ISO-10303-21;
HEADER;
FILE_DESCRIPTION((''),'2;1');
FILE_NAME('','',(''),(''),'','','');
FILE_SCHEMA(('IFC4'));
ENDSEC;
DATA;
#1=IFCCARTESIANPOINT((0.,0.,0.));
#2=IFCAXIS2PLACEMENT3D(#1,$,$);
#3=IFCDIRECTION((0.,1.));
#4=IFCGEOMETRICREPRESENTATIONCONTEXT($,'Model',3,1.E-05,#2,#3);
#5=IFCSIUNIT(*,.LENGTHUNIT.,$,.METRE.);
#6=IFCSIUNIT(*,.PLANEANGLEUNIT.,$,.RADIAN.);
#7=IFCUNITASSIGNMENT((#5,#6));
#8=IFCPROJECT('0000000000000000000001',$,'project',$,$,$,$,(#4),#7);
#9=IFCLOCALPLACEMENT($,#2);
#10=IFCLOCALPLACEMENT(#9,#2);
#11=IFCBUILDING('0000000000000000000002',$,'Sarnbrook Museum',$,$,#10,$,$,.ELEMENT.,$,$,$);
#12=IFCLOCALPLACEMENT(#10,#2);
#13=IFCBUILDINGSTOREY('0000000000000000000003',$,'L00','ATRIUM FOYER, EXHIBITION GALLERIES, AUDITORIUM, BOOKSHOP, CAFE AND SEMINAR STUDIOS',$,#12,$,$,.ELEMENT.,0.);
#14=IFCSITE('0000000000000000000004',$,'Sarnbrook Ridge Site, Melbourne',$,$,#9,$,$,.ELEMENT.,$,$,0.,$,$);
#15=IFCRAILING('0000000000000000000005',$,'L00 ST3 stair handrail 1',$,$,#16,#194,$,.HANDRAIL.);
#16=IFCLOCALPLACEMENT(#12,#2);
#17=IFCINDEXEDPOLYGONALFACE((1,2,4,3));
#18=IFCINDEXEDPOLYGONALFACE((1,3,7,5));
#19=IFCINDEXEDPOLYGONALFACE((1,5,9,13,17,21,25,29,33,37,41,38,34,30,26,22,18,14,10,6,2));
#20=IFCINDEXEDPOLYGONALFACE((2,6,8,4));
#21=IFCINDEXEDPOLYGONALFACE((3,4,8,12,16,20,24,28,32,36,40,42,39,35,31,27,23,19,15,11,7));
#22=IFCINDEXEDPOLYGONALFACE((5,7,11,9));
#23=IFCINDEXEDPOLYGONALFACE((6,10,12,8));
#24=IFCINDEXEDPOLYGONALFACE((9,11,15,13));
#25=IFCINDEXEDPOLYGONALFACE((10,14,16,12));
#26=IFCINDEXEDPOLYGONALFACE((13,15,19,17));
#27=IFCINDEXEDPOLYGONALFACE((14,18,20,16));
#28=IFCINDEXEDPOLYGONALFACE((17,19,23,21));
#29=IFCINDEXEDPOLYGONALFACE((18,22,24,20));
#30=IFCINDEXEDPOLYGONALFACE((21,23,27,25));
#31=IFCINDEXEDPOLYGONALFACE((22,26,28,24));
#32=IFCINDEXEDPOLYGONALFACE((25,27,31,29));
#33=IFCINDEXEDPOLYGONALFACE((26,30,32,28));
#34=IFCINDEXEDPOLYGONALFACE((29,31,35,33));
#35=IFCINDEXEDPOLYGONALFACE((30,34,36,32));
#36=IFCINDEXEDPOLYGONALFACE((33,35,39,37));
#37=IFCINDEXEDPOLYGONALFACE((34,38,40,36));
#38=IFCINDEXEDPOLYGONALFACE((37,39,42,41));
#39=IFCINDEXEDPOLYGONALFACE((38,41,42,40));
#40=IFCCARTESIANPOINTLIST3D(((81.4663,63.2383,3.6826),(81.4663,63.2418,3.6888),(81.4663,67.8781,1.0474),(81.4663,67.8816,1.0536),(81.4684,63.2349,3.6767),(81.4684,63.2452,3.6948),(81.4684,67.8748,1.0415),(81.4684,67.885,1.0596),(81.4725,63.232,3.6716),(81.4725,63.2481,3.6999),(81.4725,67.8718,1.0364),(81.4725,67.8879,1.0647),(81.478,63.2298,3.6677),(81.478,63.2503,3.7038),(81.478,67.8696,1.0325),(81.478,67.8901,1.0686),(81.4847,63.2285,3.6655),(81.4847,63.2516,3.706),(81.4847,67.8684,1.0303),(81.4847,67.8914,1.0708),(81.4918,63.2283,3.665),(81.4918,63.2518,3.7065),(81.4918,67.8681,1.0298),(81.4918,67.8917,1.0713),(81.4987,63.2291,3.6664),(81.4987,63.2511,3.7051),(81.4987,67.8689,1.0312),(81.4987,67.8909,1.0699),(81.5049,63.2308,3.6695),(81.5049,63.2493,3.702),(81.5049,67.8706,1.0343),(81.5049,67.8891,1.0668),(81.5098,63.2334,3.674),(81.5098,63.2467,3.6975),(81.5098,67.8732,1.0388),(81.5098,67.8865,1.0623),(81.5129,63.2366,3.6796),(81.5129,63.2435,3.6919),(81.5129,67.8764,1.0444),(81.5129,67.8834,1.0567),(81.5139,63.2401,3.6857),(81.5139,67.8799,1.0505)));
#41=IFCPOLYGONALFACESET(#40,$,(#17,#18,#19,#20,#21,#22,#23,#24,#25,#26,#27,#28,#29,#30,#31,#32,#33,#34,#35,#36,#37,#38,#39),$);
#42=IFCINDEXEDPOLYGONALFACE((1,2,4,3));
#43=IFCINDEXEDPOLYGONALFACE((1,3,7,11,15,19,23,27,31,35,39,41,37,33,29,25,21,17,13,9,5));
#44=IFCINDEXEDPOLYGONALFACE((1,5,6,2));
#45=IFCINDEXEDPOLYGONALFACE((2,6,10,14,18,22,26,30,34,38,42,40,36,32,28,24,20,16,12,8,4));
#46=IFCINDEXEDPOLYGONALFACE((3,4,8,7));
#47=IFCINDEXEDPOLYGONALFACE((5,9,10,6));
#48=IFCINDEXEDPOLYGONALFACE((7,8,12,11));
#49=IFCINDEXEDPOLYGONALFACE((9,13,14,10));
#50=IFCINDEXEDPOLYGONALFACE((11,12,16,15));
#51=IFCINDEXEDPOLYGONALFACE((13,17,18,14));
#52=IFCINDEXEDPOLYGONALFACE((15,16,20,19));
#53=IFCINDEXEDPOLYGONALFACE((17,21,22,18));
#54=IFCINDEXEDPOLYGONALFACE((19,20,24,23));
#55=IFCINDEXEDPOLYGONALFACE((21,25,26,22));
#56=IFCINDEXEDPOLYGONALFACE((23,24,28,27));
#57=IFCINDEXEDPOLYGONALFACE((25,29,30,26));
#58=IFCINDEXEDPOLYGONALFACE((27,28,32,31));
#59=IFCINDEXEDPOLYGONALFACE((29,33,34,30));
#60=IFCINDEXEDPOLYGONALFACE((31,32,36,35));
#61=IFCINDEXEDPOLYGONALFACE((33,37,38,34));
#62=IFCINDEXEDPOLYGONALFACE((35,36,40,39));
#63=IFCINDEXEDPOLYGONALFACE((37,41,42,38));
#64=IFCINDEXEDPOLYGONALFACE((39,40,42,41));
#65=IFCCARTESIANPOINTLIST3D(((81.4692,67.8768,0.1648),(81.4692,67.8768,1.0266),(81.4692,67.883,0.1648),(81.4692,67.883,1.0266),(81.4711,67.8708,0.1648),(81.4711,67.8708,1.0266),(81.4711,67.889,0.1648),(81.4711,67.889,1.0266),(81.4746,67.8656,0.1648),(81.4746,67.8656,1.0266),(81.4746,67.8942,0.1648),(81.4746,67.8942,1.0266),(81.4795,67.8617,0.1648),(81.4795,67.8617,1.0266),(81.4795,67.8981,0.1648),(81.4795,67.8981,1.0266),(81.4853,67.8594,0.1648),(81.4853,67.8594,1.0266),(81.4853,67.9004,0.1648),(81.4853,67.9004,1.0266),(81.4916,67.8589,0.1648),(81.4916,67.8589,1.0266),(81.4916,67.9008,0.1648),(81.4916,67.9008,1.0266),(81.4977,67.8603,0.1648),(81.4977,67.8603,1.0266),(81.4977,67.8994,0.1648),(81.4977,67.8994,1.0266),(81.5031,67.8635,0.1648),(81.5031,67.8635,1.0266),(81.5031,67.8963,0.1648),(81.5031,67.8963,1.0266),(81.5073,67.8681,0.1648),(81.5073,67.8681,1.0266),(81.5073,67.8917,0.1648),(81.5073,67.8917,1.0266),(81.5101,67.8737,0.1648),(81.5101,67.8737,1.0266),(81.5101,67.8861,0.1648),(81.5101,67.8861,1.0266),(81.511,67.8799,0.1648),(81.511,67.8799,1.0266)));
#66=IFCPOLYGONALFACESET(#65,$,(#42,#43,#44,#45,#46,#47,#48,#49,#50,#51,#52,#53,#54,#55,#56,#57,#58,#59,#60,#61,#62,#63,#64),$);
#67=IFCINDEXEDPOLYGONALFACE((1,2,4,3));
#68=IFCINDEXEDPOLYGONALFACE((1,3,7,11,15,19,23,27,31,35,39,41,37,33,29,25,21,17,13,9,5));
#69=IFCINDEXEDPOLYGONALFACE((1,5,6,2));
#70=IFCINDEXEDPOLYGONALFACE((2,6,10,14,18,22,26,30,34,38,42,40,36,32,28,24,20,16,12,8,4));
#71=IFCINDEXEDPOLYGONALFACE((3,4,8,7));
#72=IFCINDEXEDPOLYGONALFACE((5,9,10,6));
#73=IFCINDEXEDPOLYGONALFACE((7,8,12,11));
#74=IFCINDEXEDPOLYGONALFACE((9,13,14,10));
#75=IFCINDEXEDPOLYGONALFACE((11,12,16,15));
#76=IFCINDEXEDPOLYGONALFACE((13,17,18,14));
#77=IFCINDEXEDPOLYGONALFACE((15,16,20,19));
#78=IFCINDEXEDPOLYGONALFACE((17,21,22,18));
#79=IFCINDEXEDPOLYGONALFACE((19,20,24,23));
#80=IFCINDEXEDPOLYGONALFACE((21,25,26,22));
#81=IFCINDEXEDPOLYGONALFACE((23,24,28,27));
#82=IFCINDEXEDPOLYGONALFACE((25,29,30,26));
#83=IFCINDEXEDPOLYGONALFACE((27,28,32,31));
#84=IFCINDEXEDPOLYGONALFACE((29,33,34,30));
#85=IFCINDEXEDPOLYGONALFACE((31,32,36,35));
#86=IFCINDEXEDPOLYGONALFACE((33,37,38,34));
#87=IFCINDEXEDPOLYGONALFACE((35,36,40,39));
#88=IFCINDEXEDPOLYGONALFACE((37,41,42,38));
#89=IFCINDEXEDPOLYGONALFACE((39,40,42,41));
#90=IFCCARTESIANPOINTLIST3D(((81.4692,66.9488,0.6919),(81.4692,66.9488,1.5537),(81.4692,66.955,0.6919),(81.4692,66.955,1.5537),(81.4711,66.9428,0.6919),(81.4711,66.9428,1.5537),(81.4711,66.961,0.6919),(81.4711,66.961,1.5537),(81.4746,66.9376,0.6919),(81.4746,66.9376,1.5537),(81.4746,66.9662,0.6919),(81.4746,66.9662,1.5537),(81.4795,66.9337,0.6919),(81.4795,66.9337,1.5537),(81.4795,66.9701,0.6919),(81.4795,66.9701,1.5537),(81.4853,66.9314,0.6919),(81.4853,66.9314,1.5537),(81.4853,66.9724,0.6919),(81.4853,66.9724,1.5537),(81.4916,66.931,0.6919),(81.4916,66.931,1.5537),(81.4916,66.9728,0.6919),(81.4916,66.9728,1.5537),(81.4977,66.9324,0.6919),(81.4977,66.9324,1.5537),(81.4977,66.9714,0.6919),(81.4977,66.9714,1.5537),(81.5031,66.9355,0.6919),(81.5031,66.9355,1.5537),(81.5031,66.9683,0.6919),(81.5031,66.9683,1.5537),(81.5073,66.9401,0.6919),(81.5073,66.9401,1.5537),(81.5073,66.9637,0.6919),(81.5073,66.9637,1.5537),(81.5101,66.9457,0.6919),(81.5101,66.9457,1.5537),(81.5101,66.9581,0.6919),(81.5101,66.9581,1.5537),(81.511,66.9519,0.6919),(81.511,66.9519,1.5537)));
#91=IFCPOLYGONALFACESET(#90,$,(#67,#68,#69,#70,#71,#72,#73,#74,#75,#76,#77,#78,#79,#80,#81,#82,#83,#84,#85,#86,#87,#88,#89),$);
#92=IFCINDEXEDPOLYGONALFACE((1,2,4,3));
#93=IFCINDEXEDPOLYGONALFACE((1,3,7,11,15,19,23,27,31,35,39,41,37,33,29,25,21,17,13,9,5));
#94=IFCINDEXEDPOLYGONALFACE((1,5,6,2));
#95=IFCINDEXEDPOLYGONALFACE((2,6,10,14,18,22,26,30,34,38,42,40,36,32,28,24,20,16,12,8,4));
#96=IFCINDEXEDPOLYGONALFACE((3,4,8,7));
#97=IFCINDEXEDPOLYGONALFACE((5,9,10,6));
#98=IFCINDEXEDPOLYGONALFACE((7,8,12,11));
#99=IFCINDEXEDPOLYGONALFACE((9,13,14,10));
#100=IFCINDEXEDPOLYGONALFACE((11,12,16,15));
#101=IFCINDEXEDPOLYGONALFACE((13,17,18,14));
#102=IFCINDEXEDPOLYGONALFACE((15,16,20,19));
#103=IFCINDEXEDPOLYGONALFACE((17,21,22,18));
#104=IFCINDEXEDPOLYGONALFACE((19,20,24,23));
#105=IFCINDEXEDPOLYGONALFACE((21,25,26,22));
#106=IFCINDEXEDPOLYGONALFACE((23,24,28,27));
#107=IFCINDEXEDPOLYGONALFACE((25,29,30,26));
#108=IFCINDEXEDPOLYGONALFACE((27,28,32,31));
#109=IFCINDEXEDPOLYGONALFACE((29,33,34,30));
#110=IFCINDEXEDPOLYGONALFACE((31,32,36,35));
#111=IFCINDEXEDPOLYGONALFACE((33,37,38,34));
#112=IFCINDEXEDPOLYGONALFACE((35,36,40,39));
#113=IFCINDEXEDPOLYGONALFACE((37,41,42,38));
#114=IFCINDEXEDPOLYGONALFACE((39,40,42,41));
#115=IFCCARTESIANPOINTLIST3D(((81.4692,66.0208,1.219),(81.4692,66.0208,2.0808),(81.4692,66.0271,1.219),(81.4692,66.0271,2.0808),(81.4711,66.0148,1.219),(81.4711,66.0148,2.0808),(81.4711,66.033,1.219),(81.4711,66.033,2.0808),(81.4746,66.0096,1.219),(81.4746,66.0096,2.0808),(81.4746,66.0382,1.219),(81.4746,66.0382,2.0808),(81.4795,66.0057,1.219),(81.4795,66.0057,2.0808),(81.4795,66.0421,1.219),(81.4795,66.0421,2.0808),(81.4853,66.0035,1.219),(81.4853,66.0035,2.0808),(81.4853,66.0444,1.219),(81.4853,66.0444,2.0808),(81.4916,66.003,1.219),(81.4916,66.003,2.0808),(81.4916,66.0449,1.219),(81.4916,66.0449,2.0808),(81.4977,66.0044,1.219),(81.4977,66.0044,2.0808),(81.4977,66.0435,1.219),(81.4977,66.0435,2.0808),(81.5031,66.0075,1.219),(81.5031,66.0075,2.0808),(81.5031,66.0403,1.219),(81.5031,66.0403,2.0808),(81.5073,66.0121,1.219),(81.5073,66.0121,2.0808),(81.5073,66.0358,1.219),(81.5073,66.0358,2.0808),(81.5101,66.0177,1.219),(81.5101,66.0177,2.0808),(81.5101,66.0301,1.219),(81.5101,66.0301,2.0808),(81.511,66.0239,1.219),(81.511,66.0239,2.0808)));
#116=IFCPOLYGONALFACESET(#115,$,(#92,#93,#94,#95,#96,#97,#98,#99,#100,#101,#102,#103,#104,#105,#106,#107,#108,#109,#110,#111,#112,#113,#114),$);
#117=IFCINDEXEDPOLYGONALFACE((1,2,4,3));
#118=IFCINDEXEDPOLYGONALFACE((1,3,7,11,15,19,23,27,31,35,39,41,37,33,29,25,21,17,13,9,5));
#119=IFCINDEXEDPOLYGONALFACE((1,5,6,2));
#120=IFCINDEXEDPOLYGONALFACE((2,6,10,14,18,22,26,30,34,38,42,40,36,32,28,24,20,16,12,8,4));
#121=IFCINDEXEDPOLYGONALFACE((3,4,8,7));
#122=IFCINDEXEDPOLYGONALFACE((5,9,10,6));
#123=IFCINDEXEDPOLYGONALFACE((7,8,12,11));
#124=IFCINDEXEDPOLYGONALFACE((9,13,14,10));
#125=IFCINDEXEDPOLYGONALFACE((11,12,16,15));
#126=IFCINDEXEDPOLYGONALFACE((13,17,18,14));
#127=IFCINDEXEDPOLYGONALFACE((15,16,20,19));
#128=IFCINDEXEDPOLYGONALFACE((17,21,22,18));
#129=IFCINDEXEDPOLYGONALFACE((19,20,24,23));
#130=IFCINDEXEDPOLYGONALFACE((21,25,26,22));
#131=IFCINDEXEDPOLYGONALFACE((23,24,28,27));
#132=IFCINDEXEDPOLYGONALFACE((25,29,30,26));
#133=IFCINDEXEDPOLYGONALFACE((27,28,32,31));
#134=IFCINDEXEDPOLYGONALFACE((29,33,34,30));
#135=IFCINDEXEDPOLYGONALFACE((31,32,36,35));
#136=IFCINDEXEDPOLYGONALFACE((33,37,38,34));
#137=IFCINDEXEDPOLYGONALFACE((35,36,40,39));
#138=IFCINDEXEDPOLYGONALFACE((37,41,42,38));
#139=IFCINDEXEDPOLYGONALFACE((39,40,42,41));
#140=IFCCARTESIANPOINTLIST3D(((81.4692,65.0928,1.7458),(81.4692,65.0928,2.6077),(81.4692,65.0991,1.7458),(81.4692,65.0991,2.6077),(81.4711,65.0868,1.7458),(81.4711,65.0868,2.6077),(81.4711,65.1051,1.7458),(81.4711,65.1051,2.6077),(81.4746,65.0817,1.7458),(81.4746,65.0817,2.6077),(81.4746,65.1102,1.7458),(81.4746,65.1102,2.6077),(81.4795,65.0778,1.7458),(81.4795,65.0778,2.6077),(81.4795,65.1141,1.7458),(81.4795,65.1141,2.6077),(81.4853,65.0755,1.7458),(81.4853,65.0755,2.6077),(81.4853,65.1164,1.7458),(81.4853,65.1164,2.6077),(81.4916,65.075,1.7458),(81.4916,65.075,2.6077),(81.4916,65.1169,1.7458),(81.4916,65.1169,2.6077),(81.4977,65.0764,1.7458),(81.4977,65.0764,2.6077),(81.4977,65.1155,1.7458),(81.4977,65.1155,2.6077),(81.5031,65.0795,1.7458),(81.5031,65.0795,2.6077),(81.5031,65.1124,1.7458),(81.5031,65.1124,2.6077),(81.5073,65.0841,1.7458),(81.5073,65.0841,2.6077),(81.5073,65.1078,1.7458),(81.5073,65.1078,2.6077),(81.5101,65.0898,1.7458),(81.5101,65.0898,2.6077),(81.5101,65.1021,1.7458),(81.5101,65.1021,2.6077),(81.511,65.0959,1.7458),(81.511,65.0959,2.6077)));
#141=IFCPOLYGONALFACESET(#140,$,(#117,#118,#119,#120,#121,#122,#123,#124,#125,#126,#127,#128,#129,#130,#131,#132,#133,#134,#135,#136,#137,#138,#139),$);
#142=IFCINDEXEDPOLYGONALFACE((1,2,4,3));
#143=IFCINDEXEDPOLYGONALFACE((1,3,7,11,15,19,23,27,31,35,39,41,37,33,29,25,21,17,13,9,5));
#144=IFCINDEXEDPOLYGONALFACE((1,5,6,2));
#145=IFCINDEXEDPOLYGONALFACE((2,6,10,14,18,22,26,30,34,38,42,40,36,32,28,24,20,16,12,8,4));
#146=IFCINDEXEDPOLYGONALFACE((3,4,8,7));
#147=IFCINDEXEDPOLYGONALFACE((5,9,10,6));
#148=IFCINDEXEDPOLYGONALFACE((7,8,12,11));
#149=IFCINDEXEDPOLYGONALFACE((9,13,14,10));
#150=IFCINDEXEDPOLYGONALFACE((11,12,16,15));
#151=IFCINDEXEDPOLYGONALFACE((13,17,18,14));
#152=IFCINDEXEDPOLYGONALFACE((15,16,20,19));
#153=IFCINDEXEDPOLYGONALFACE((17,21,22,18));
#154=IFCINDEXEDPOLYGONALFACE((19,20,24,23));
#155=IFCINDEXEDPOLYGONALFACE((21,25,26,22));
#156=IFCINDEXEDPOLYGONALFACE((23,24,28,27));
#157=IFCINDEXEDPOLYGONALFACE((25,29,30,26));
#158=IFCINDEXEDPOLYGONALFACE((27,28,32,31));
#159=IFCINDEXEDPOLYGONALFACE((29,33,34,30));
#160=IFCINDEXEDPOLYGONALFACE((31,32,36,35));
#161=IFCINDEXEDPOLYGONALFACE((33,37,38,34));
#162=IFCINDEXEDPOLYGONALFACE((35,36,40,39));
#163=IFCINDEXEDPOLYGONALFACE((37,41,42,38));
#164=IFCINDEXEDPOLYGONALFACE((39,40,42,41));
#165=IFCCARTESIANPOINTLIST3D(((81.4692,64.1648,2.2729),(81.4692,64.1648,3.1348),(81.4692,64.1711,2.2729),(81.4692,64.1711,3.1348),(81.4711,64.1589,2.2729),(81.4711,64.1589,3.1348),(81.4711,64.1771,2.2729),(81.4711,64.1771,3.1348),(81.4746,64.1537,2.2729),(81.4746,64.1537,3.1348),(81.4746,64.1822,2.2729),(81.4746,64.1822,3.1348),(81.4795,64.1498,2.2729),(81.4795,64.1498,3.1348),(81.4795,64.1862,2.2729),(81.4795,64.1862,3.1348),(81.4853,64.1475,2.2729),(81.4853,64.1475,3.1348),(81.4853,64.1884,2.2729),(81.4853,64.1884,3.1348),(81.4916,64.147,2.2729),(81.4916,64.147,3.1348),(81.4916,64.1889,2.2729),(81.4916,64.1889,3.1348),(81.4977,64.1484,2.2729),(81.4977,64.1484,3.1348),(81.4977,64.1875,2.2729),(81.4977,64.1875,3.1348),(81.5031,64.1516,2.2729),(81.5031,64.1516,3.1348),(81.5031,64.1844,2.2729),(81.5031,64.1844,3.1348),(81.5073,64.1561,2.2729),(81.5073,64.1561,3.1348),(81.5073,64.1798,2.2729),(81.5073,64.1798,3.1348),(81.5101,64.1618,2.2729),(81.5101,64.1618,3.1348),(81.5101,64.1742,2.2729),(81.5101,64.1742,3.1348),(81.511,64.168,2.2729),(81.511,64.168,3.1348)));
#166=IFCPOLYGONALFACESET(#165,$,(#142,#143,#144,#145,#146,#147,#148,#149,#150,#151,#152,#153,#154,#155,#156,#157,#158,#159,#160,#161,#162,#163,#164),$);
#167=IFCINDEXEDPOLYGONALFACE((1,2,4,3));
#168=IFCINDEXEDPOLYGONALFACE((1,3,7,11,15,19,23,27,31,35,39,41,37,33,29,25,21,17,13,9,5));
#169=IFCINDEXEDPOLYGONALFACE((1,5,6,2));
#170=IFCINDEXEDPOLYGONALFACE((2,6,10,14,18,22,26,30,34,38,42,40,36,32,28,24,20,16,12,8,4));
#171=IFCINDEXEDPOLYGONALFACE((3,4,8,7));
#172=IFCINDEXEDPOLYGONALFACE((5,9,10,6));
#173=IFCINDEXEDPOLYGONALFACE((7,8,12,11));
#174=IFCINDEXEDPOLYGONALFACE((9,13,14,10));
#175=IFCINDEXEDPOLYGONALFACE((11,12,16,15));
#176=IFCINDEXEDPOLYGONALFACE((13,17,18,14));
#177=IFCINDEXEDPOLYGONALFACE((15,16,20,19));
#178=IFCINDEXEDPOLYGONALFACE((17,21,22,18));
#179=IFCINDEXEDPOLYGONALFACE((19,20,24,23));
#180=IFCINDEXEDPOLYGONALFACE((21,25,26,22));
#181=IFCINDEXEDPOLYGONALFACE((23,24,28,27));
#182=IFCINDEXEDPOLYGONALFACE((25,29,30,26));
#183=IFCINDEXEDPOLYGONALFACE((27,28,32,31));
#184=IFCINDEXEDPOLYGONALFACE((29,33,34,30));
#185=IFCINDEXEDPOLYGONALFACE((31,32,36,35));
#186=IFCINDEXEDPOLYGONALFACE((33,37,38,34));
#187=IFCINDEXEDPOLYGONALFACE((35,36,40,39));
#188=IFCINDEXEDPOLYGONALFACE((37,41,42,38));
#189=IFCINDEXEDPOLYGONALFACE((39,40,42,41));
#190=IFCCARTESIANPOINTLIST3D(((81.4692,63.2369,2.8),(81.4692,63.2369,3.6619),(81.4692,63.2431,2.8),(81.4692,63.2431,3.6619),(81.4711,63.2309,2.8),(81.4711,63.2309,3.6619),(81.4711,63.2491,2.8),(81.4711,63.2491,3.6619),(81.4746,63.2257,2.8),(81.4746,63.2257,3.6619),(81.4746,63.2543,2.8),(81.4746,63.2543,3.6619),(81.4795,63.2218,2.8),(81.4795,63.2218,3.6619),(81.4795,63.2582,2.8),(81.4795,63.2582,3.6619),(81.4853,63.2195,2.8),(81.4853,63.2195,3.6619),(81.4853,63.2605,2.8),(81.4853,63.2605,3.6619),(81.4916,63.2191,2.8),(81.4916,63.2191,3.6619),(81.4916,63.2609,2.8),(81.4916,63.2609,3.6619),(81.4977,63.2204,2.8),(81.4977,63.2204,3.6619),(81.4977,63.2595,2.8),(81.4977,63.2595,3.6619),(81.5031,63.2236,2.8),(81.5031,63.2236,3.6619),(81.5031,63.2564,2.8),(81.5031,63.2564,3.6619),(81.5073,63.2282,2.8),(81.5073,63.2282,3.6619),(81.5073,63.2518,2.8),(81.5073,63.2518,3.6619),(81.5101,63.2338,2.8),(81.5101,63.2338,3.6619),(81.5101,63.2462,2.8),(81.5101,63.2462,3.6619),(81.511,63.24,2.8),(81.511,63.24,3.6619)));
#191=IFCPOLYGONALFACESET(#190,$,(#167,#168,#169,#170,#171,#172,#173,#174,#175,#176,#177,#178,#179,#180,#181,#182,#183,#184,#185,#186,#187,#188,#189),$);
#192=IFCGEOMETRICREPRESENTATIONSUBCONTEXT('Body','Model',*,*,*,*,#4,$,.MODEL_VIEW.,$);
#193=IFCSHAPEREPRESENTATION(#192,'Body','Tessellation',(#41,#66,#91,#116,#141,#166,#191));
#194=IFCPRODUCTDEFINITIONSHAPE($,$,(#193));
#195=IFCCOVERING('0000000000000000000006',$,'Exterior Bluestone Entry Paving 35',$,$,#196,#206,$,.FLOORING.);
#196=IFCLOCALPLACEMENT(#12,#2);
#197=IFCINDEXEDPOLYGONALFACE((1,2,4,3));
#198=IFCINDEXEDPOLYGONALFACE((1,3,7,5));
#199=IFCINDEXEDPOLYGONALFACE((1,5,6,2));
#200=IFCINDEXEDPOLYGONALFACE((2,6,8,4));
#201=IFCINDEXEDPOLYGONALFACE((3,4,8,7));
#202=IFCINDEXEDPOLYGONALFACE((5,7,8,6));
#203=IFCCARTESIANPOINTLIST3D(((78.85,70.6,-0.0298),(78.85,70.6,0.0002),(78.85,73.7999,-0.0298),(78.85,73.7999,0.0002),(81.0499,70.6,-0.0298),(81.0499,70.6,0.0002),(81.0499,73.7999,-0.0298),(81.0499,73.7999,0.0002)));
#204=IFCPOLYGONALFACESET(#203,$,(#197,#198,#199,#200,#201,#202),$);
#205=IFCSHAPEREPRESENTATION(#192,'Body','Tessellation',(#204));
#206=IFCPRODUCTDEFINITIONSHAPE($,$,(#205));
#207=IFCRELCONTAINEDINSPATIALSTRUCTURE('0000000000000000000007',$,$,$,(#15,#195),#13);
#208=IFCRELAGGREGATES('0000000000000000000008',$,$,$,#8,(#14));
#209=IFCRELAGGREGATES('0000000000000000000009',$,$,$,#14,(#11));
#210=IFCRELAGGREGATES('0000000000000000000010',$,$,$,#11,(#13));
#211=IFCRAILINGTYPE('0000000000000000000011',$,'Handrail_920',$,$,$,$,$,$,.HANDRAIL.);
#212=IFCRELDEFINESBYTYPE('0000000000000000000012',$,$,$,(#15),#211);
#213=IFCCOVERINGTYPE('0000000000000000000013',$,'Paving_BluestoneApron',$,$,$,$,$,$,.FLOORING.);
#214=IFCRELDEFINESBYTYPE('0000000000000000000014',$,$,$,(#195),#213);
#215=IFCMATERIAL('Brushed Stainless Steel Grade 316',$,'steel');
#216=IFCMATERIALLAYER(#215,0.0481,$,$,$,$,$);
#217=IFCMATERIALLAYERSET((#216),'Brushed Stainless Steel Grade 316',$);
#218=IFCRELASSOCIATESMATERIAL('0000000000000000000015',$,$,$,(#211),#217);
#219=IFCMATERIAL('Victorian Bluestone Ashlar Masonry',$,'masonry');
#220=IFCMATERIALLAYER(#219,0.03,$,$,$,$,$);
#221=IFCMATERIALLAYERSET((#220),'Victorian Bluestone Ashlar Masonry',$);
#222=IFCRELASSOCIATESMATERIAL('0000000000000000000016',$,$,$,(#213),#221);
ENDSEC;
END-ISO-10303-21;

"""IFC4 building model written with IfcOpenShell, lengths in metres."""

from ifc_helpers import new_model, si_unit, direction, frame, origin, origin_2d, place, context, subcontext, project, spatial, rectangle, circle, extrude, material, layer, layer_set, type_object, element, save


model = new_model("IFC4")

# Units and contexts
model_context = context("Model", 3, precision=1e-05, world=origin(), true_north=direction((0.0, 1.0)))
body_context = subcontext(model_context, "Body", "Model", "MODEL_VIEW")
ifc_project = project(units=[si_unit("LENGTHUNIT", "METRE"), si_unit("PLANEANGLEUNIT", "RADIAN")], contexts=[model_context])

# Site, building, storey
site_placement = place(None, origin())
site = spatial("IfcSite", under=ifc_project, at=site_placement, Name="Sarnbrook Ridge Site, Melbourne", CompositionType="ELEMENT", RefElevation=0.0)
building_placement = place(site_placement, origin())
building = spatial("IfcBuilding", under=site, at=building_placement, Name="Sarnbrook Museum", CompositionType="ELEMENT")
storey_placement = place(building_placement, origin())
storey = spatial("IfcBuildingStorey", under=building, at=storey_placement, Name="L00", Description="ATRIUM FOYER, EXHIBITION GALLERIES, AUDITORIUM, BOOKSHOP, CAFE AND SEMINAR STUDIOS", CompositionType="ELEMENT", Elevation=0.0)

# Shared definitions
ifc_material_1 = material(Name="Brushed Stainless Steel Grade 316", Category="steel")

# Railing
ifc_layer_1 = layer(ifc_material_1, 0.0481)
ifc_layer_set_1 = layer_set([ifc_layer_1], Name="Brushed Stainless Steel Grade 316")
railing_type_1 = type_object("IfcRailingType", Name="Handrail_920", PredefinedType="HANDRAIL", material=ifc_layer_set_1)
railing_1_placement = place(storey_placement, frame((81.49, 67.8799, 0.1648)))
element("IfcRailing", 1, at=railing_1_placement, inside=storey, type_object=railing_type_1, Name="L00 ST3 stair handrail 1", PredefinedType="HANDRAIL", context=body_context, shape_type="SweptSolid", body=[
    extrude(circle(Radius=0.0239, at=origin_2d()), frame((0.0, 0.0, 0.8857), z_axis=(0.0, -0.869541, 0.493861), x_axis=(1.0, 0.0, 0.0)), (0.0, 0.0, 1.0), 5.3359),
    extrude(circle(Radius=0.021, at=origin_2d()), origin(), (0.0, 0.0, 1.0), 0.8618),
    extrude(circle(Radius=0.021, at=origin_2d()), frame((0.0, -0.928, 0.5271)), (0.0, 0.0, 1.0), 0.8618),
    extrude(circle(Radius=0.021, at=origin_2d()), frame((0.0, -1.856, 1.0542)), (0.0, 0.0, 1.0), 0.8618),
    extrude(circle(Radius=0.021, at=origin_2d()), frame((0.0, -2.7839, 1.5811)), (0.0, 0.0, 1.0), 0.8618),
    extrude(circle(Radius=0.021, at=origin_2d()), frame((0.0, -3.7119, 2.1082)), (0.0, 0.0, 1.0), 0.8618),
    extrude(circle(Radius=0.021, at=origin_2d()), frame((0.0, -4.6399, 2.6353)), (0.0, 0.0, 1.0), 0.8618),
])

# Covering
ifc_material_2 = material(Name="Victorian Bluestone Ashlar Masonry", Category="masonry")
ifc_layer_2 = layer(ifc_material_2, 0.03)
ifc_layer_set_2 = layer_set([ifc_layer_2], Name="Victorian Bluestone Ashlar Masonry")
covering_type = type_object("IfcCoveringType", Name="Paving_BluestoneApron", PredefinedType="FLOORING", material=ifc_layer_set_2)
covering_placement = place(storey_placement, frame((79.95, 72.2, -0.0298), z_axis=(0.0, 0.0, 1.0), x_axis=(1.0, 0.0, 0.0)))
element("IfcCovering", 2, at=covering_placement, inside=storey, type_object=covering_type, Name="Exterior Bluestone Entry Paving 35", PredefinedType="FLOORING", context=body_context, shape_type="SweptSolid", body=[
    extrude(rectangle(XDim=2.2, YDim=3.2, at=origin_2d()), origin(), (0.0, 0.0, 1.0), 0.03),
])

save(model, "model.ifc")
